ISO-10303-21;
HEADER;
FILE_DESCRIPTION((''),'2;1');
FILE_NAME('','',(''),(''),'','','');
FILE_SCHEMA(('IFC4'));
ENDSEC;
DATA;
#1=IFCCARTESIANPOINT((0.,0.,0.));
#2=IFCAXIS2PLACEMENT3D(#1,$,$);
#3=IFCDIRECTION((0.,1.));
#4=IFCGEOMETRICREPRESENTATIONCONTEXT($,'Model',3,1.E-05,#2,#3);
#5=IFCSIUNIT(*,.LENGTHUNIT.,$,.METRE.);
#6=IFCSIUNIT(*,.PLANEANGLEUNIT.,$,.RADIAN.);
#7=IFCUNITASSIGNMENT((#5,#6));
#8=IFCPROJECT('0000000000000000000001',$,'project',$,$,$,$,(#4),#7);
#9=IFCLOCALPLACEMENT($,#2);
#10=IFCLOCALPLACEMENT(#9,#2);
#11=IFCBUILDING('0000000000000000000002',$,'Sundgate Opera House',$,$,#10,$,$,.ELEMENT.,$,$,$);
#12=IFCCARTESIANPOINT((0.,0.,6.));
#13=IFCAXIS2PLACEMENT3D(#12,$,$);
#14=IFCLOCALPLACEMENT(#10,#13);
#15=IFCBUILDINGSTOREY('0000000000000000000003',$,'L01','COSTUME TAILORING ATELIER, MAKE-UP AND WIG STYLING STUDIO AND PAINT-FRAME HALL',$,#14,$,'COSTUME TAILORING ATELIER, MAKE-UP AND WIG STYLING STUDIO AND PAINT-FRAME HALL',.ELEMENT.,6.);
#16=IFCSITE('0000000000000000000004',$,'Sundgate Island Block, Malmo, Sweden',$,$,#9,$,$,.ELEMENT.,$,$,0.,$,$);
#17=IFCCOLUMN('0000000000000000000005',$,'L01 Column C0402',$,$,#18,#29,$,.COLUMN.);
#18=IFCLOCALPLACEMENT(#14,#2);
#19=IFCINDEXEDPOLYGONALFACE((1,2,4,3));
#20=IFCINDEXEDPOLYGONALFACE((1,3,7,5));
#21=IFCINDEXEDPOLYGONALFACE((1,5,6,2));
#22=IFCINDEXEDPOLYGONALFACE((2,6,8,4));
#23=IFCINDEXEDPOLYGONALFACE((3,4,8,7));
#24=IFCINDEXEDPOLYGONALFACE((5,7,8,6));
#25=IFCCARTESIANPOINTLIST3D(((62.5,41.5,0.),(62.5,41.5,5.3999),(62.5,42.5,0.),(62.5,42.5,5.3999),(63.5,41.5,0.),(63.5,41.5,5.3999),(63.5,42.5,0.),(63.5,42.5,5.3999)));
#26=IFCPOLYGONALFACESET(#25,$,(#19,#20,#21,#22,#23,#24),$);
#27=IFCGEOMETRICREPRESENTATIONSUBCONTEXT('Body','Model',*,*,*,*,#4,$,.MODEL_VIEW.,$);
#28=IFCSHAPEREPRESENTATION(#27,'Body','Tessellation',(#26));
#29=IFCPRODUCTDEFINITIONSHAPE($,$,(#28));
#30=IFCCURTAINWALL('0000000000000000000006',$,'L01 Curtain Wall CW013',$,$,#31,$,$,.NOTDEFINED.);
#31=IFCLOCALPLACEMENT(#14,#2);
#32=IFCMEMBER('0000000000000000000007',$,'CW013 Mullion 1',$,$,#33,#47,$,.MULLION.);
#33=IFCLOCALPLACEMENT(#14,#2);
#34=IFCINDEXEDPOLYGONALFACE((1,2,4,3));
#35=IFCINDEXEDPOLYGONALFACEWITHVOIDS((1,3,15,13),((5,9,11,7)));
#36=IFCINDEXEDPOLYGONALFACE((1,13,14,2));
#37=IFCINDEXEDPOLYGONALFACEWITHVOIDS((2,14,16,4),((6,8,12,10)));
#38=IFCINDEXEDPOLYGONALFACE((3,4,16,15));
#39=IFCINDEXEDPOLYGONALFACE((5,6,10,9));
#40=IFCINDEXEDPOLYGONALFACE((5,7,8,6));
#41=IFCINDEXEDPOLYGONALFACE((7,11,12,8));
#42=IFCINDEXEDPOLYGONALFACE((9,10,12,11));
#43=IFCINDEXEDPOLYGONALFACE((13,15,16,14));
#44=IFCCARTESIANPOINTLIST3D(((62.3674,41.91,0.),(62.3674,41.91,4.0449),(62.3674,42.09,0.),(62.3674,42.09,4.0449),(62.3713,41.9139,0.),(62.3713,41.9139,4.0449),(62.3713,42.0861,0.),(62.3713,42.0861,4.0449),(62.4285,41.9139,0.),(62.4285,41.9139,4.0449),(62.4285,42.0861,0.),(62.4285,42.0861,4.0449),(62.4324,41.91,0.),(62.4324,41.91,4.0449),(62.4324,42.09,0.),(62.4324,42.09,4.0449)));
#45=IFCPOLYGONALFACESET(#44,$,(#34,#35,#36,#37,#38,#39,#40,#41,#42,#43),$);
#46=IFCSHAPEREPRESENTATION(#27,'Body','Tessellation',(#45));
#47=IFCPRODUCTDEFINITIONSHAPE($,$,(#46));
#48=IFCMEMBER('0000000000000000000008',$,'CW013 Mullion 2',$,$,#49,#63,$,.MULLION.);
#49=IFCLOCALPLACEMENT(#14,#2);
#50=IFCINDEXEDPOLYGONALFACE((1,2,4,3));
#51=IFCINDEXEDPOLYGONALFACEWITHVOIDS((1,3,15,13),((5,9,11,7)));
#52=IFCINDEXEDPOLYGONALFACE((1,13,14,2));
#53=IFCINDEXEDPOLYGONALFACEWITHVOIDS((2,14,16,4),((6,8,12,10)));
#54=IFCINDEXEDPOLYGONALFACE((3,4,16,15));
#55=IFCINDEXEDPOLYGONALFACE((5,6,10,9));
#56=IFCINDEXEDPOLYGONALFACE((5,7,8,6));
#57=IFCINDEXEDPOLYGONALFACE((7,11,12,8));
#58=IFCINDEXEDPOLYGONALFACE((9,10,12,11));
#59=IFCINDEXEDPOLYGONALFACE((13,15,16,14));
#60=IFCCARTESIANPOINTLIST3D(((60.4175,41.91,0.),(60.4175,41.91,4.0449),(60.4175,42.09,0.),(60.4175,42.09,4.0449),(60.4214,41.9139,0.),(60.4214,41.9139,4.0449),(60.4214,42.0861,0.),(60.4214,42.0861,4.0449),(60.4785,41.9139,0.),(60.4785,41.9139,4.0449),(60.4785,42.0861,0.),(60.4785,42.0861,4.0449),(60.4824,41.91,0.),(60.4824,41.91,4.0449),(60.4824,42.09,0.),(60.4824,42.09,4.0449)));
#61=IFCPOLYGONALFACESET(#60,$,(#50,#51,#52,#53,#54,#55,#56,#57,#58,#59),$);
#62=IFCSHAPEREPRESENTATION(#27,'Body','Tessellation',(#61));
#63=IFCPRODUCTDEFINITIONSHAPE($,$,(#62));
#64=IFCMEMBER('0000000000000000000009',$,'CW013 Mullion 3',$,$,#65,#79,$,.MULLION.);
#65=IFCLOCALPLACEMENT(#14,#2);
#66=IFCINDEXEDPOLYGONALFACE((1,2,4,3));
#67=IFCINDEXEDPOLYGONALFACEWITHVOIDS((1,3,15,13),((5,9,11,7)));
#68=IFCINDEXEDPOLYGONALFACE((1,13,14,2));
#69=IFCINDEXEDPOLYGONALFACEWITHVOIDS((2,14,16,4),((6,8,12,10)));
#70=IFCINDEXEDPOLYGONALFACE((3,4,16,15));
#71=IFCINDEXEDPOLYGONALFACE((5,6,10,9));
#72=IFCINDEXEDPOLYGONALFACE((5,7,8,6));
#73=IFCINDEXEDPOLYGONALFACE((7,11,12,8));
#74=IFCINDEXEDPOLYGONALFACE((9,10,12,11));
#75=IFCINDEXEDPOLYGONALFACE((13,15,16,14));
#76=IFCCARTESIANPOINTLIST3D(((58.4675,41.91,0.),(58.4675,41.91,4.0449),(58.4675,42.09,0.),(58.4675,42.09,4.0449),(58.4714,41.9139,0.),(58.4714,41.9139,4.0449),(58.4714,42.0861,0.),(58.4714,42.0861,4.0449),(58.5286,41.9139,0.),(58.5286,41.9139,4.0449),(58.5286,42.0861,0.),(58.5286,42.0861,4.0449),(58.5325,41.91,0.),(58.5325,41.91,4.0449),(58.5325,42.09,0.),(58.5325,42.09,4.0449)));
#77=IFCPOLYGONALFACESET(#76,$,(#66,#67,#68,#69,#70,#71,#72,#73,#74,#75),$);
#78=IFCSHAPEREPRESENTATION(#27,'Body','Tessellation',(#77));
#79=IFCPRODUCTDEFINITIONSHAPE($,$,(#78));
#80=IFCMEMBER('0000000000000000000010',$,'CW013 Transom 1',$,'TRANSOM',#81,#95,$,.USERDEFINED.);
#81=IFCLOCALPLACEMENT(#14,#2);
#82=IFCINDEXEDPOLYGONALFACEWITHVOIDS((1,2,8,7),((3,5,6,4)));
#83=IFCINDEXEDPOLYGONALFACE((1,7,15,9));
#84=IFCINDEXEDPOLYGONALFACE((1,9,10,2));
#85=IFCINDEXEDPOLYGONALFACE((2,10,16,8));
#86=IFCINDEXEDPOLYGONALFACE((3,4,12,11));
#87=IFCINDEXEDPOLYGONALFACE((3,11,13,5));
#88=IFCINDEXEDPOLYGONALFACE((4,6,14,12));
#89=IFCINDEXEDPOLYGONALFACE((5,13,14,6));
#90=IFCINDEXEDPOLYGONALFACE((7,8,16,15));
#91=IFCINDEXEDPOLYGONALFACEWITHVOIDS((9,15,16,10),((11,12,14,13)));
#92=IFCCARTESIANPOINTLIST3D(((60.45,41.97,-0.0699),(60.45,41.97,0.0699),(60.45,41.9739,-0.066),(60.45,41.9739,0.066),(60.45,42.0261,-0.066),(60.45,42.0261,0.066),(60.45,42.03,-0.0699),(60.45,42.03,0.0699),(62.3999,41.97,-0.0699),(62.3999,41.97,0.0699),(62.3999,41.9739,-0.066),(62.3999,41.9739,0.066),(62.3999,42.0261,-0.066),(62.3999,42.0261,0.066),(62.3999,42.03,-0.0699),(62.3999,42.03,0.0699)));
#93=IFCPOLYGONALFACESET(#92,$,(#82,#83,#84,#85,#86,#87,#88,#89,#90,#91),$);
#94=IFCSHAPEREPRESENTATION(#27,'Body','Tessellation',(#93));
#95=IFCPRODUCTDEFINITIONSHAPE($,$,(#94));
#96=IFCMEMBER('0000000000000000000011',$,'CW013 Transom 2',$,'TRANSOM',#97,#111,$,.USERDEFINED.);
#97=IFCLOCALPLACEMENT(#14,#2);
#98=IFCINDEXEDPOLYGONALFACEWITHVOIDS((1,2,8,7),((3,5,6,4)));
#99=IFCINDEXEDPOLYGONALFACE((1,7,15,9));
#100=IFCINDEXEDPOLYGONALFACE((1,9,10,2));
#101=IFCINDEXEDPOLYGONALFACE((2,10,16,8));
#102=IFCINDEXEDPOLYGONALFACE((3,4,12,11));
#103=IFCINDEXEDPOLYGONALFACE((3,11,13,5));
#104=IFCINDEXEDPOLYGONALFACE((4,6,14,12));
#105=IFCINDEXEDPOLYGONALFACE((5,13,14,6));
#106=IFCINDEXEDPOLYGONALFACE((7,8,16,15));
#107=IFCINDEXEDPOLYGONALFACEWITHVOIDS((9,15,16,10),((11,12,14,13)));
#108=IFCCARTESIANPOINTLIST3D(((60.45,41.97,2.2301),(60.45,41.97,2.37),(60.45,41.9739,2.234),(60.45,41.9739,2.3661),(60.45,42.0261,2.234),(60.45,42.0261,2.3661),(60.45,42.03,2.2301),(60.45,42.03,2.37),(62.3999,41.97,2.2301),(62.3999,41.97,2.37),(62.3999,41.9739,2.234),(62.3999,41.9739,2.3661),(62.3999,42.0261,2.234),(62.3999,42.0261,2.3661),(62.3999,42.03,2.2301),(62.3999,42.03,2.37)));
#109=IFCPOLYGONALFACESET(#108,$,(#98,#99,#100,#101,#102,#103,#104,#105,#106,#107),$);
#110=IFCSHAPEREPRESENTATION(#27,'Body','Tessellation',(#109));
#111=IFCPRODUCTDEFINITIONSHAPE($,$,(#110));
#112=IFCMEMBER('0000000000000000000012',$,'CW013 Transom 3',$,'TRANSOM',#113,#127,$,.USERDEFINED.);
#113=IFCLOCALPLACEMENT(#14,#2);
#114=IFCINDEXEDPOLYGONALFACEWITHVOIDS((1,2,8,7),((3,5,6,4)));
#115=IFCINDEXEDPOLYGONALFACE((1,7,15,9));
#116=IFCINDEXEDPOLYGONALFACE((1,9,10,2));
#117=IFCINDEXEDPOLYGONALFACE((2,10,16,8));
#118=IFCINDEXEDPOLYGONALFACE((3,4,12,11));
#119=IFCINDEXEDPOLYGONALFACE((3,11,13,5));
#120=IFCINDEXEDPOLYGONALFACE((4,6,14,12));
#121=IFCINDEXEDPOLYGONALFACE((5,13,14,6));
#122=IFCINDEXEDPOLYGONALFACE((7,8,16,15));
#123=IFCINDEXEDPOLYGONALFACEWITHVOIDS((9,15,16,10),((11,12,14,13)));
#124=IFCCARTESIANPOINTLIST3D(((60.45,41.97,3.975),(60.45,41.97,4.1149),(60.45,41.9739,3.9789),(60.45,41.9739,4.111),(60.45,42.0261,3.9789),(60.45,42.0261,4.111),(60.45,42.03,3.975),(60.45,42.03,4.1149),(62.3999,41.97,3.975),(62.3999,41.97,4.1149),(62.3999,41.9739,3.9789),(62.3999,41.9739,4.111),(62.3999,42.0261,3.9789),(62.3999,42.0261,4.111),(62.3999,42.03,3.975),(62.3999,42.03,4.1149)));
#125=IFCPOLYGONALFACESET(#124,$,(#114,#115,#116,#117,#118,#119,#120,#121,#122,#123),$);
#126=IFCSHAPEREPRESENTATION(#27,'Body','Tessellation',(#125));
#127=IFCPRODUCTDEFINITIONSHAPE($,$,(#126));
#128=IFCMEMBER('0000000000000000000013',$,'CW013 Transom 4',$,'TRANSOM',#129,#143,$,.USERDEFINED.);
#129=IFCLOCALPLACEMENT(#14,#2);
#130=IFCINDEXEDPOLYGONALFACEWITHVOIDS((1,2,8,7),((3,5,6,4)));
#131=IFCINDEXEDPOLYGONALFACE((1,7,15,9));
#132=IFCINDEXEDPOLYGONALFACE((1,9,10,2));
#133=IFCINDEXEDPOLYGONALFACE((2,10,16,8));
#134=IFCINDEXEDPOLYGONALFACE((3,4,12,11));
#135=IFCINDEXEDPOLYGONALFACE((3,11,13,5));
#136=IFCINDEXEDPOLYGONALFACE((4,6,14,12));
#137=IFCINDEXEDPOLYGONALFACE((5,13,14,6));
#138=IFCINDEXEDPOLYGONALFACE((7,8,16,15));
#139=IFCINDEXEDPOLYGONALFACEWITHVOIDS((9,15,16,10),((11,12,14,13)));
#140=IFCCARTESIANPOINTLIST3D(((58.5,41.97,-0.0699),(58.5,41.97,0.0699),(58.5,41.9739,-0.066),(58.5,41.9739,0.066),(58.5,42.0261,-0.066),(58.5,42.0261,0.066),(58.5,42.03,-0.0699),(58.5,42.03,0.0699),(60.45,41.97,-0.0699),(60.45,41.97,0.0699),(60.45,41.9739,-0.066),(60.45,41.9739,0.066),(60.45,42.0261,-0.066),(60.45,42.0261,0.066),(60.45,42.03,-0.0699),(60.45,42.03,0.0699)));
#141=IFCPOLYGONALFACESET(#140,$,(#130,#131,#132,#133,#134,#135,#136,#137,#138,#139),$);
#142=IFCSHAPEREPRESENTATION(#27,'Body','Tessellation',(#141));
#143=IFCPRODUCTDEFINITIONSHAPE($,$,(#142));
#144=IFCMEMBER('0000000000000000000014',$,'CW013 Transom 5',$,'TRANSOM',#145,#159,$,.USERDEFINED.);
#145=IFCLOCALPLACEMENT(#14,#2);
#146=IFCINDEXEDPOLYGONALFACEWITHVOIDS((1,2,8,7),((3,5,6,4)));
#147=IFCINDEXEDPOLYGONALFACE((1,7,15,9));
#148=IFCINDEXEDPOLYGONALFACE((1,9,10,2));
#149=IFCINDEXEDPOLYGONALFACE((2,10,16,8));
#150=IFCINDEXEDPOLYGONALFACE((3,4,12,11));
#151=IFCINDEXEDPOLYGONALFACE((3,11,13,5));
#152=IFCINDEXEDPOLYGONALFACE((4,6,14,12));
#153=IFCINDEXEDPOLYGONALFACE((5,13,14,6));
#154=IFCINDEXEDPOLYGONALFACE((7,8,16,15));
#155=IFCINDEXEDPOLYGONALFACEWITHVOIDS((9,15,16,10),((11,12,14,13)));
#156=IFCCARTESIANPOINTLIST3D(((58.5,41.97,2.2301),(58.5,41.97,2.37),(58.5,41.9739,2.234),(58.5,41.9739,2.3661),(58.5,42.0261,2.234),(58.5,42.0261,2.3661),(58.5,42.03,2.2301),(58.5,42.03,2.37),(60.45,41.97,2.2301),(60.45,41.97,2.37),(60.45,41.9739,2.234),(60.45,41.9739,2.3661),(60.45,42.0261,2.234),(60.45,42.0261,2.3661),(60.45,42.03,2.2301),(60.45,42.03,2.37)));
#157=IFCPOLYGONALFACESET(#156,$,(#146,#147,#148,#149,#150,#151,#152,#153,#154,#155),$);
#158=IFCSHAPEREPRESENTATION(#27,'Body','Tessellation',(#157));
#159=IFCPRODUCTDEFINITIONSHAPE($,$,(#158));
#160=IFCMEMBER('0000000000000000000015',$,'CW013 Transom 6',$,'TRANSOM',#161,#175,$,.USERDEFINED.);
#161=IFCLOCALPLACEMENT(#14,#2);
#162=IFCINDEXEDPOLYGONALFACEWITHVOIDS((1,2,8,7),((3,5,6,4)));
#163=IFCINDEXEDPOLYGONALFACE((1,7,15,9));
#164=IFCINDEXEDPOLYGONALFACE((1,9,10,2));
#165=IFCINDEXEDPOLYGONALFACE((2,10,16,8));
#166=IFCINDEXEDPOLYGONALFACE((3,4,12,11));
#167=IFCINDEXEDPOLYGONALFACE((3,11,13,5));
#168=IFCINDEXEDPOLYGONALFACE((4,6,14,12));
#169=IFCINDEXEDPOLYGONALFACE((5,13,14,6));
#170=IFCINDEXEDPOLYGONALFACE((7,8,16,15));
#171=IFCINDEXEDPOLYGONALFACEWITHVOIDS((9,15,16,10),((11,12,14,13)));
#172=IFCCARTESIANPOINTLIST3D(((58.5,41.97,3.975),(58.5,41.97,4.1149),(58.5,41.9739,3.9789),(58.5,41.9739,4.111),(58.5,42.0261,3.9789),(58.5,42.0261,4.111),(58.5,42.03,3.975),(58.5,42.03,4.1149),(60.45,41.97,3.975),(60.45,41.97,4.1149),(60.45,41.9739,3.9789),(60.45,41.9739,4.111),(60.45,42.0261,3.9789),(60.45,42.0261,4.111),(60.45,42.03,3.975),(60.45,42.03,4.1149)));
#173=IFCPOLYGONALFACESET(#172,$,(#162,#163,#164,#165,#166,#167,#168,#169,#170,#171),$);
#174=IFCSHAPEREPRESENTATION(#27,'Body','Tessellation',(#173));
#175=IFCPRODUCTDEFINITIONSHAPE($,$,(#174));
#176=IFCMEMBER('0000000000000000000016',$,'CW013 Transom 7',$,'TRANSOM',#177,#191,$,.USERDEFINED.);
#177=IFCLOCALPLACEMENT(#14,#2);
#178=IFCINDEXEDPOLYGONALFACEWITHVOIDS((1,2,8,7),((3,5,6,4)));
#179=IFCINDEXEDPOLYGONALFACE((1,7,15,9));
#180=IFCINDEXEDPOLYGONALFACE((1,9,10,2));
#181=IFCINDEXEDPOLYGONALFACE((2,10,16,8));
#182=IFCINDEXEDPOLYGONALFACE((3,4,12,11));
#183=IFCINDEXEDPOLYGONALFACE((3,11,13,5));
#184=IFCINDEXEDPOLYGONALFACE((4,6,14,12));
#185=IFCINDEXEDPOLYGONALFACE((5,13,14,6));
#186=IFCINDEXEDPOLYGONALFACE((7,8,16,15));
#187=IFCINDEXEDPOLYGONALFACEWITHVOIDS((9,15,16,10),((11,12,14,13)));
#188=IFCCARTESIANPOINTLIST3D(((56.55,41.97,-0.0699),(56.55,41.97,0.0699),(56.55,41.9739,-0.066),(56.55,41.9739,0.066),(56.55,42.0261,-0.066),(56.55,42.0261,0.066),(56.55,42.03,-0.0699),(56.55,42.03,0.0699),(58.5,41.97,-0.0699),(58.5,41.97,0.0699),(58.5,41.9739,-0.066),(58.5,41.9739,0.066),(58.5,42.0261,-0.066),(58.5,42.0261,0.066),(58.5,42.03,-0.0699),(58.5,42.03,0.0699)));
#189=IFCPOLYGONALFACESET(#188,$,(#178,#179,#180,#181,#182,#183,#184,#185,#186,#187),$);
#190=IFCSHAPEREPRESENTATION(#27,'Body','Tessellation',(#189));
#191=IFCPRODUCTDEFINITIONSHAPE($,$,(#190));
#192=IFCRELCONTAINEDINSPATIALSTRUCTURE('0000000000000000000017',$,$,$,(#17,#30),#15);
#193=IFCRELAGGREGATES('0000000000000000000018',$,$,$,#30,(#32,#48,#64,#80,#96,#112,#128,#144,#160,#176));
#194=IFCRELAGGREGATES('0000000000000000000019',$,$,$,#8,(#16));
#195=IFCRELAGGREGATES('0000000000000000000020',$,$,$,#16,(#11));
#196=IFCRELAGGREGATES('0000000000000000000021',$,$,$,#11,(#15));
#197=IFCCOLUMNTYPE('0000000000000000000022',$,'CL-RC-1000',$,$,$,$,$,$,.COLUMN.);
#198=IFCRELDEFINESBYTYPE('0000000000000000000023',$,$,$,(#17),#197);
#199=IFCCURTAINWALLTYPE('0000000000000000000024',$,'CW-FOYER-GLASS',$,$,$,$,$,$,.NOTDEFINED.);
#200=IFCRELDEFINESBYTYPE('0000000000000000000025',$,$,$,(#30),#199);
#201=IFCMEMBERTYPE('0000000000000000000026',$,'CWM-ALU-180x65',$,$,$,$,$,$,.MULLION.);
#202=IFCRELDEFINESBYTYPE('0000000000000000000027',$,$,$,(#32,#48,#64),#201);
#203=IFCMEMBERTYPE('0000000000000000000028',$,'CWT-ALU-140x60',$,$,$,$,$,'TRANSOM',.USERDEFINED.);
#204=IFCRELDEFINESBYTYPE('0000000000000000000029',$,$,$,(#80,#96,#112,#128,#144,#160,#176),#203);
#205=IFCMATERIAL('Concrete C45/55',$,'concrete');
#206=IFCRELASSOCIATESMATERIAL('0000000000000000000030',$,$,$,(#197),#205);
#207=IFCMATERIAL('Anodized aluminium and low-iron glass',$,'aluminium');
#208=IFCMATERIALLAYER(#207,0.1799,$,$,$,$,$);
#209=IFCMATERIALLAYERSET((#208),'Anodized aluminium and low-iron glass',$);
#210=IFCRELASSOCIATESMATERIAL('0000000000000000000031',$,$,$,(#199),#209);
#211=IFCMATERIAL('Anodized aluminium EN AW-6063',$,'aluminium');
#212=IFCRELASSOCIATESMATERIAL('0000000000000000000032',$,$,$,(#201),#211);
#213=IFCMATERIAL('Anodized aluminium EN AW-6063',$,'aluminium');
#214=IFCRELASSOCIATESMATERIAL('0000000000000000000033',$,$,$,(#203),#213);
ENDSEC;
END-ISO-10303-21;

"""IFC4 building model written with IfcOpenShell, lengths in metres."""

from ifc_helpers import new_model, si_unit, direction, frame, origin, origin_2d, place, context, subcontext, project, spatial, rectangle, hollow_rectangle, extrude, material, layer, layer_set, material_profile, profile_set, type_object, element, aggregate, save


model = new_model("IFC4")

# Units and contexts
model_context = context("Model", 3, precision=1e-05, world=origin(), true_north=direction((0.0, 1.0)))
body_context = subcontext(model_context, "Body", "Model", "MODEL_VIEW")
ifc_project = project(units=[si_unit("LENGTHUNIT", "METRE"), si_unit("PLANEANGLEUNIT", "RADIAN")], contexts=[model_context])

# Site, building, storey
site_placement = place(None, origin())
site = spatial("IfcSite", under=ifc_project, at=site_placement, Name="Sundgate Island Block, Malmo, Sweden", CompositionType="ELEMENT", RefElevation=0.0)
building_placement = place(site_placement, origin())
building = spatial("IfcBuilding", under=site, at=building_placement, Name="Sundgate Opera House", CompositionType="ELEMENT")
storey_placement = place(building_placement, frame((0.0, 0.0, 6.0)))
storey = spatial("IfcBuildingStorey", under=building, at=storey_placement, Name="L01", Description="COSTUME TAILORING ATELIER, MAKE-UP AND WIG STYLING STUDIO AND PAINT-FRAME HALL", LongName="COSTUME TAILORING ATELIER, MAKE-UP AND WIG STYLING STUDIO AND PAINT-FRAME HALL", CompositionType="ELEMENT", Elevation=6.0)

# Column
ifc_material_1 = material(Name="Concrete C45/55", Category="concrete")
ifc_material_profile_1 = material_profile(ifc_material_1, rectangle(XDim=1.0, YDim=1.0, at=origin_2d()), Name="RC 1000x1000")
ifc_profile_set_1 = profile_set([ifc_material_profile_1], Name="Concrete C45/55")
column_type = type_object("IfcColumnType", Name="CL-RC-1000", PredefinedType="COLUMN", material=ifc_profile_set_1)
column_placement = place(storey_placement, frame((63.0, 42.0, 0.0), z_axis=(0.0, 0.0, 1.0), x_axis=(1.0, 0.0, 0.0)))
element("IfcColumn", 1, at=column_placement, inside=storey, type_object=column_type, Name="L01 Column C0402", PredefinedType="COLUMN", context=body_context, shape_type="SweptSolid", body=[
    extrude(rectangle(XDim=1.0, YDim=1.0, at=origin_2d()), origin(), (0.0, 0.0, 1.0), 5.3999),
])

# Curtain wall, members
ifc_material_2 = material(Name="Anodized aluminium and low-iron glass", Category="aluminium")
ifc_layer_1 = layer(ifc_material_2, 0.1799)
ifc_layer_set_1 = layer_set([ifc_layer_1], Name="Anodized aluminium and low-iron glass")
curtain_wall_type = type_object("IfcCurtainWallType", Name="CW-FOYER-GLASS", PredefinedType="NOTDEFINED", material=ifc_layer_set_1)
curtain_wall_placement = place(storey_placement, origin())
curtain_wall = element("IfcCurtainWall", 2, at=curtain_wall_placement, inside=storey, type_object=curtain_wall_type, Name="L01 Curtain Wall CW013", PredefinedType="NOTDEFINED")
ifc_material_3 = material(Name="Anodized aluminium EN AW-6063", Category="aluminium")
ifc_material_profile_2 = material_profile(ifc_material_3, hollow_rectangle(XDim=0.0649, YDim=0.1799, WallThickness=0.0039, at=origin_2d()), Name="CWM 180x65x4")
ifc_profile_set_2 = profile_set([ifc_material_profile_2], Name="Anodized aluminium EN AW-6063")
member_type_1 = type_object("IfcMemberType", Name="CWM-ALU-180x65", PredefinedType="MULLION", material=ifc_profile_set_2)
member_1_placement = place(storey_placement, frame((62.3999, 42.0, 0.0), z_axis=(0.0, 0.0, 1.0), x_axis=(1.0, 0.0, 0.0)))
member_1 = element("IfcMember", 3, at=member_1_placement, type_object=member_type_1, Name="CW013 Mullion 1", PredefinedType="MULLION", context=body_context, shape_type="SweptSolid", body=[
    extrude(hollow_rectangle(XDim=0.0649, YDim=0.1799, WallThickness=0.0039, at=origin_2d()), origin(), (0.0, 0.0, 1.0), 4.0449),
])
member_2_placement = place(storey_placement, frame((60.45, 42.0, 0.0), z_axis=(0.0, 0.0, 1.0), x_axis=(1.0, 0.0, 0.0)))
member_2 = element("IfcMember", 4, at=member_2_placement, type_object=member_type_1, Name="CW013 Mullion 2", PredefinedType="MULLION", context=body_context, shape_type="SweptSolid", body=[
    extrude(hollow_rectangle(XDim=0.0649, YDim=0.1799, WallThickness=0.0039, at=origin_2d()), origin(), (0.0, 0.0, 1.0), 4.0449),
])
member_3_placement = place(storey_placement, frame((58.5, 42.0, 0.0), z_axis=(0.0, 0.0, 1.0), x_axis=(1.0, 0.0, 0.0)))
member_3 = element("IfcMember", 5, at=member_3_placement, type_object=member_type_1, Name="CW013 Mullion 3", PredefinedType="MULLION", context=body_context, shape_type="SweptSolid", body=[
    extrude(hollow_rectangle(XDim=0.0649, YDim=0.1799, WallThickness=0.0039, at=origin_2d()), origin(), (0.0, 0.0, 1.0), 4.0449),
])
ifc_material_4 = material(Name="Anodized aluminium EN AW-6063", Category="aluminium")
ifc_material_profile_3 = material_profile(ifc_material_4, hollow_rectangle(XDim=0.0601, YDim=0.1399, WallThickness=0.0039, at=origin_2d()), Name="CWT 140x60x4")
ifc_profile_set_3 = profile_set([ifc_material_profile_3], Name="Anodized aluminium EN AW-6063")
member_type_2 = type_object("IfcMemberType", Name="CWT-ALU-140x60", ElementType="TRANSOM", PredefinedType="USERDEFINED", material=ifc_profile_set_3)
member_4_placement = place(storey_placement, frame((62.3999, 42.0, 0.0), z_axis=(-1.0, 0.0, 0.0), x_axis=(0.0, -1.0, 0.0)))
member_4 = element("IfcMember", 6, at=member_4_placement, type_object=member_type_2, Name="CW013 Transom 1", ObjectType="TRANSOM", PredefinedType="USERDEFINED", context=body_context, shape_type="SweptSolid", body=[
    extrude(hollow_rectangle(XDim=0.0601, YDim=0.1399, WallThickness=0.0039, at=origin_2d()), origin(), (0.0, 0.0, 1.0), 1.95),
])
member_5_placement = place(storey_placement, frame((62.3999, 42.0, 2.3), z_axis=(-1.0, 0.0, 0.0), x_axis=(0.0, -1.0, 0.0)))
member_5 = element("IfcMember", 7, at=member_5_placement, type_object=member_type_2, Name="CW013 Transom 2", ObjectType="TRANSOM", PredefinedType="USERDEFINED", context=body_context, shape_type="SweptSolid", body=[
    extrude(hollow_rectangle(XDim=0.0601, YDim=0.1399, WallThickness=0.0039, at=origin_2d()), origin(), (0.0, 0.0, 1.0), 1.95),
])
member_6_placement = place(storey_placement, frame((62.3999, 42.0, 4.0449), z_axis=(-1.0, 0.0, 0.0), x_axis=(0.0, -1.0, 0.0)))
member_6 = element("IfcMember", 8, at=member_6_placement, type_object=member_type_2, Name="CW013 Transom 3", ObjectType="TRANSOM", PredefinedType="USERDEFINED", context=body_context, shape_type="SweptSolid", body=[
    extrude(hollow_rectangle(XDim=0.0601, YDim=0.1399, WallThickness=0.0039, at=origin_2d()), origin(), (0.0, 0.0, 1.0), 1.95),
])
member_7_placement = place(storey_placement, frame((60.45, 42.0, 0.0), z_axis=(-1.0, 0.0, 0.0), x_axis=(0.0, -1.0, 0.0)))
member_7 = element("IfcMember", 9, at=member_7_placement, type_object=member_type_2, Name="CW013 Transom 4", ObjectType="TRANSOM", PredefinedType="USERDEFINED", context=body_context, shape_type="SweptSolid", body=[
    extrude(hollow_rectangle(XDim=0.0601, YDim=0.1399, WallThickness=0.0039, at=origin_2d()), origin(), (0.0, 0.0, 1.0), 1.95),
])
member_8_placement = place(storey_placement, frame((60.45, 42.0, 2.3), z_axis=(-1.0, 0.0, 0.0), x_axis=(0.0, -1.0, 0.0)))
member_8 = element("IfcMember", 10, at=member_8_placement, type_object=member_type_2, Name="CW013 Transom 5", ObjectType="TRANSOM", PredefinedType="USERDEFINED", context=body_context, shape_type="SweptSolid", body=[
    extrude(hollow_rectangle(XDim=0.0601, YDim=0.1399, WallThickness=0.0039, at=origin_2d()), origin(), (0.0, 0.0, 1.0), 1.95),
])
member_9_placement = place(storey_placement, frame((60.45, 42.0, 4.0449), z_axis=(-1.0, 0.0, 0.0), x_axis=(0.0, -1.0, 0.0)))
member_9 = element("IfcMember", 11, at=member_9_placement, type_object=member_type_2, Name="CW013 Transom 6", ObjectType="TRANSOM", PredefinedType="USERDEFINED", context=body_context, shape_type="SweptSolid", body=[
    extrude(hollow_rectangle(XDim=0.0601, YDim=0.1399, WallThickness=0.0039, at=origin_2d()), origin(), (0.0, 0.0, 1.0), 1.95),
])
member_10_placement = place(storey_placement, frame((58.5, 42.0, 0.0), z_axis=(-1.0, 0.0, 0.0), x_axis=(0.0, -1.0, 0.0)))
member_10 = element("IfcMember", 12, at=member_10_placement, type_object=member_type_2, Name="CW013 Transom 7", ObjectType="TRANSOM", PredefinedType="USERDEFINED", context=body_context, shape_type="SweptSolid", body=[
    extrude(hollow_rectangle(XDim=0.0601, YDim=0.1399, WallThickness=0.0039, at=origin_2d()), origin(), (0.0, 0.0, 1.0), 1.95),
])
aggregate(curtain_wall, [member_1, member_2, member_3, member_4, member_5, member_6, member_7, member_8, member_9, member_10])

save(model, "model.ifc")
